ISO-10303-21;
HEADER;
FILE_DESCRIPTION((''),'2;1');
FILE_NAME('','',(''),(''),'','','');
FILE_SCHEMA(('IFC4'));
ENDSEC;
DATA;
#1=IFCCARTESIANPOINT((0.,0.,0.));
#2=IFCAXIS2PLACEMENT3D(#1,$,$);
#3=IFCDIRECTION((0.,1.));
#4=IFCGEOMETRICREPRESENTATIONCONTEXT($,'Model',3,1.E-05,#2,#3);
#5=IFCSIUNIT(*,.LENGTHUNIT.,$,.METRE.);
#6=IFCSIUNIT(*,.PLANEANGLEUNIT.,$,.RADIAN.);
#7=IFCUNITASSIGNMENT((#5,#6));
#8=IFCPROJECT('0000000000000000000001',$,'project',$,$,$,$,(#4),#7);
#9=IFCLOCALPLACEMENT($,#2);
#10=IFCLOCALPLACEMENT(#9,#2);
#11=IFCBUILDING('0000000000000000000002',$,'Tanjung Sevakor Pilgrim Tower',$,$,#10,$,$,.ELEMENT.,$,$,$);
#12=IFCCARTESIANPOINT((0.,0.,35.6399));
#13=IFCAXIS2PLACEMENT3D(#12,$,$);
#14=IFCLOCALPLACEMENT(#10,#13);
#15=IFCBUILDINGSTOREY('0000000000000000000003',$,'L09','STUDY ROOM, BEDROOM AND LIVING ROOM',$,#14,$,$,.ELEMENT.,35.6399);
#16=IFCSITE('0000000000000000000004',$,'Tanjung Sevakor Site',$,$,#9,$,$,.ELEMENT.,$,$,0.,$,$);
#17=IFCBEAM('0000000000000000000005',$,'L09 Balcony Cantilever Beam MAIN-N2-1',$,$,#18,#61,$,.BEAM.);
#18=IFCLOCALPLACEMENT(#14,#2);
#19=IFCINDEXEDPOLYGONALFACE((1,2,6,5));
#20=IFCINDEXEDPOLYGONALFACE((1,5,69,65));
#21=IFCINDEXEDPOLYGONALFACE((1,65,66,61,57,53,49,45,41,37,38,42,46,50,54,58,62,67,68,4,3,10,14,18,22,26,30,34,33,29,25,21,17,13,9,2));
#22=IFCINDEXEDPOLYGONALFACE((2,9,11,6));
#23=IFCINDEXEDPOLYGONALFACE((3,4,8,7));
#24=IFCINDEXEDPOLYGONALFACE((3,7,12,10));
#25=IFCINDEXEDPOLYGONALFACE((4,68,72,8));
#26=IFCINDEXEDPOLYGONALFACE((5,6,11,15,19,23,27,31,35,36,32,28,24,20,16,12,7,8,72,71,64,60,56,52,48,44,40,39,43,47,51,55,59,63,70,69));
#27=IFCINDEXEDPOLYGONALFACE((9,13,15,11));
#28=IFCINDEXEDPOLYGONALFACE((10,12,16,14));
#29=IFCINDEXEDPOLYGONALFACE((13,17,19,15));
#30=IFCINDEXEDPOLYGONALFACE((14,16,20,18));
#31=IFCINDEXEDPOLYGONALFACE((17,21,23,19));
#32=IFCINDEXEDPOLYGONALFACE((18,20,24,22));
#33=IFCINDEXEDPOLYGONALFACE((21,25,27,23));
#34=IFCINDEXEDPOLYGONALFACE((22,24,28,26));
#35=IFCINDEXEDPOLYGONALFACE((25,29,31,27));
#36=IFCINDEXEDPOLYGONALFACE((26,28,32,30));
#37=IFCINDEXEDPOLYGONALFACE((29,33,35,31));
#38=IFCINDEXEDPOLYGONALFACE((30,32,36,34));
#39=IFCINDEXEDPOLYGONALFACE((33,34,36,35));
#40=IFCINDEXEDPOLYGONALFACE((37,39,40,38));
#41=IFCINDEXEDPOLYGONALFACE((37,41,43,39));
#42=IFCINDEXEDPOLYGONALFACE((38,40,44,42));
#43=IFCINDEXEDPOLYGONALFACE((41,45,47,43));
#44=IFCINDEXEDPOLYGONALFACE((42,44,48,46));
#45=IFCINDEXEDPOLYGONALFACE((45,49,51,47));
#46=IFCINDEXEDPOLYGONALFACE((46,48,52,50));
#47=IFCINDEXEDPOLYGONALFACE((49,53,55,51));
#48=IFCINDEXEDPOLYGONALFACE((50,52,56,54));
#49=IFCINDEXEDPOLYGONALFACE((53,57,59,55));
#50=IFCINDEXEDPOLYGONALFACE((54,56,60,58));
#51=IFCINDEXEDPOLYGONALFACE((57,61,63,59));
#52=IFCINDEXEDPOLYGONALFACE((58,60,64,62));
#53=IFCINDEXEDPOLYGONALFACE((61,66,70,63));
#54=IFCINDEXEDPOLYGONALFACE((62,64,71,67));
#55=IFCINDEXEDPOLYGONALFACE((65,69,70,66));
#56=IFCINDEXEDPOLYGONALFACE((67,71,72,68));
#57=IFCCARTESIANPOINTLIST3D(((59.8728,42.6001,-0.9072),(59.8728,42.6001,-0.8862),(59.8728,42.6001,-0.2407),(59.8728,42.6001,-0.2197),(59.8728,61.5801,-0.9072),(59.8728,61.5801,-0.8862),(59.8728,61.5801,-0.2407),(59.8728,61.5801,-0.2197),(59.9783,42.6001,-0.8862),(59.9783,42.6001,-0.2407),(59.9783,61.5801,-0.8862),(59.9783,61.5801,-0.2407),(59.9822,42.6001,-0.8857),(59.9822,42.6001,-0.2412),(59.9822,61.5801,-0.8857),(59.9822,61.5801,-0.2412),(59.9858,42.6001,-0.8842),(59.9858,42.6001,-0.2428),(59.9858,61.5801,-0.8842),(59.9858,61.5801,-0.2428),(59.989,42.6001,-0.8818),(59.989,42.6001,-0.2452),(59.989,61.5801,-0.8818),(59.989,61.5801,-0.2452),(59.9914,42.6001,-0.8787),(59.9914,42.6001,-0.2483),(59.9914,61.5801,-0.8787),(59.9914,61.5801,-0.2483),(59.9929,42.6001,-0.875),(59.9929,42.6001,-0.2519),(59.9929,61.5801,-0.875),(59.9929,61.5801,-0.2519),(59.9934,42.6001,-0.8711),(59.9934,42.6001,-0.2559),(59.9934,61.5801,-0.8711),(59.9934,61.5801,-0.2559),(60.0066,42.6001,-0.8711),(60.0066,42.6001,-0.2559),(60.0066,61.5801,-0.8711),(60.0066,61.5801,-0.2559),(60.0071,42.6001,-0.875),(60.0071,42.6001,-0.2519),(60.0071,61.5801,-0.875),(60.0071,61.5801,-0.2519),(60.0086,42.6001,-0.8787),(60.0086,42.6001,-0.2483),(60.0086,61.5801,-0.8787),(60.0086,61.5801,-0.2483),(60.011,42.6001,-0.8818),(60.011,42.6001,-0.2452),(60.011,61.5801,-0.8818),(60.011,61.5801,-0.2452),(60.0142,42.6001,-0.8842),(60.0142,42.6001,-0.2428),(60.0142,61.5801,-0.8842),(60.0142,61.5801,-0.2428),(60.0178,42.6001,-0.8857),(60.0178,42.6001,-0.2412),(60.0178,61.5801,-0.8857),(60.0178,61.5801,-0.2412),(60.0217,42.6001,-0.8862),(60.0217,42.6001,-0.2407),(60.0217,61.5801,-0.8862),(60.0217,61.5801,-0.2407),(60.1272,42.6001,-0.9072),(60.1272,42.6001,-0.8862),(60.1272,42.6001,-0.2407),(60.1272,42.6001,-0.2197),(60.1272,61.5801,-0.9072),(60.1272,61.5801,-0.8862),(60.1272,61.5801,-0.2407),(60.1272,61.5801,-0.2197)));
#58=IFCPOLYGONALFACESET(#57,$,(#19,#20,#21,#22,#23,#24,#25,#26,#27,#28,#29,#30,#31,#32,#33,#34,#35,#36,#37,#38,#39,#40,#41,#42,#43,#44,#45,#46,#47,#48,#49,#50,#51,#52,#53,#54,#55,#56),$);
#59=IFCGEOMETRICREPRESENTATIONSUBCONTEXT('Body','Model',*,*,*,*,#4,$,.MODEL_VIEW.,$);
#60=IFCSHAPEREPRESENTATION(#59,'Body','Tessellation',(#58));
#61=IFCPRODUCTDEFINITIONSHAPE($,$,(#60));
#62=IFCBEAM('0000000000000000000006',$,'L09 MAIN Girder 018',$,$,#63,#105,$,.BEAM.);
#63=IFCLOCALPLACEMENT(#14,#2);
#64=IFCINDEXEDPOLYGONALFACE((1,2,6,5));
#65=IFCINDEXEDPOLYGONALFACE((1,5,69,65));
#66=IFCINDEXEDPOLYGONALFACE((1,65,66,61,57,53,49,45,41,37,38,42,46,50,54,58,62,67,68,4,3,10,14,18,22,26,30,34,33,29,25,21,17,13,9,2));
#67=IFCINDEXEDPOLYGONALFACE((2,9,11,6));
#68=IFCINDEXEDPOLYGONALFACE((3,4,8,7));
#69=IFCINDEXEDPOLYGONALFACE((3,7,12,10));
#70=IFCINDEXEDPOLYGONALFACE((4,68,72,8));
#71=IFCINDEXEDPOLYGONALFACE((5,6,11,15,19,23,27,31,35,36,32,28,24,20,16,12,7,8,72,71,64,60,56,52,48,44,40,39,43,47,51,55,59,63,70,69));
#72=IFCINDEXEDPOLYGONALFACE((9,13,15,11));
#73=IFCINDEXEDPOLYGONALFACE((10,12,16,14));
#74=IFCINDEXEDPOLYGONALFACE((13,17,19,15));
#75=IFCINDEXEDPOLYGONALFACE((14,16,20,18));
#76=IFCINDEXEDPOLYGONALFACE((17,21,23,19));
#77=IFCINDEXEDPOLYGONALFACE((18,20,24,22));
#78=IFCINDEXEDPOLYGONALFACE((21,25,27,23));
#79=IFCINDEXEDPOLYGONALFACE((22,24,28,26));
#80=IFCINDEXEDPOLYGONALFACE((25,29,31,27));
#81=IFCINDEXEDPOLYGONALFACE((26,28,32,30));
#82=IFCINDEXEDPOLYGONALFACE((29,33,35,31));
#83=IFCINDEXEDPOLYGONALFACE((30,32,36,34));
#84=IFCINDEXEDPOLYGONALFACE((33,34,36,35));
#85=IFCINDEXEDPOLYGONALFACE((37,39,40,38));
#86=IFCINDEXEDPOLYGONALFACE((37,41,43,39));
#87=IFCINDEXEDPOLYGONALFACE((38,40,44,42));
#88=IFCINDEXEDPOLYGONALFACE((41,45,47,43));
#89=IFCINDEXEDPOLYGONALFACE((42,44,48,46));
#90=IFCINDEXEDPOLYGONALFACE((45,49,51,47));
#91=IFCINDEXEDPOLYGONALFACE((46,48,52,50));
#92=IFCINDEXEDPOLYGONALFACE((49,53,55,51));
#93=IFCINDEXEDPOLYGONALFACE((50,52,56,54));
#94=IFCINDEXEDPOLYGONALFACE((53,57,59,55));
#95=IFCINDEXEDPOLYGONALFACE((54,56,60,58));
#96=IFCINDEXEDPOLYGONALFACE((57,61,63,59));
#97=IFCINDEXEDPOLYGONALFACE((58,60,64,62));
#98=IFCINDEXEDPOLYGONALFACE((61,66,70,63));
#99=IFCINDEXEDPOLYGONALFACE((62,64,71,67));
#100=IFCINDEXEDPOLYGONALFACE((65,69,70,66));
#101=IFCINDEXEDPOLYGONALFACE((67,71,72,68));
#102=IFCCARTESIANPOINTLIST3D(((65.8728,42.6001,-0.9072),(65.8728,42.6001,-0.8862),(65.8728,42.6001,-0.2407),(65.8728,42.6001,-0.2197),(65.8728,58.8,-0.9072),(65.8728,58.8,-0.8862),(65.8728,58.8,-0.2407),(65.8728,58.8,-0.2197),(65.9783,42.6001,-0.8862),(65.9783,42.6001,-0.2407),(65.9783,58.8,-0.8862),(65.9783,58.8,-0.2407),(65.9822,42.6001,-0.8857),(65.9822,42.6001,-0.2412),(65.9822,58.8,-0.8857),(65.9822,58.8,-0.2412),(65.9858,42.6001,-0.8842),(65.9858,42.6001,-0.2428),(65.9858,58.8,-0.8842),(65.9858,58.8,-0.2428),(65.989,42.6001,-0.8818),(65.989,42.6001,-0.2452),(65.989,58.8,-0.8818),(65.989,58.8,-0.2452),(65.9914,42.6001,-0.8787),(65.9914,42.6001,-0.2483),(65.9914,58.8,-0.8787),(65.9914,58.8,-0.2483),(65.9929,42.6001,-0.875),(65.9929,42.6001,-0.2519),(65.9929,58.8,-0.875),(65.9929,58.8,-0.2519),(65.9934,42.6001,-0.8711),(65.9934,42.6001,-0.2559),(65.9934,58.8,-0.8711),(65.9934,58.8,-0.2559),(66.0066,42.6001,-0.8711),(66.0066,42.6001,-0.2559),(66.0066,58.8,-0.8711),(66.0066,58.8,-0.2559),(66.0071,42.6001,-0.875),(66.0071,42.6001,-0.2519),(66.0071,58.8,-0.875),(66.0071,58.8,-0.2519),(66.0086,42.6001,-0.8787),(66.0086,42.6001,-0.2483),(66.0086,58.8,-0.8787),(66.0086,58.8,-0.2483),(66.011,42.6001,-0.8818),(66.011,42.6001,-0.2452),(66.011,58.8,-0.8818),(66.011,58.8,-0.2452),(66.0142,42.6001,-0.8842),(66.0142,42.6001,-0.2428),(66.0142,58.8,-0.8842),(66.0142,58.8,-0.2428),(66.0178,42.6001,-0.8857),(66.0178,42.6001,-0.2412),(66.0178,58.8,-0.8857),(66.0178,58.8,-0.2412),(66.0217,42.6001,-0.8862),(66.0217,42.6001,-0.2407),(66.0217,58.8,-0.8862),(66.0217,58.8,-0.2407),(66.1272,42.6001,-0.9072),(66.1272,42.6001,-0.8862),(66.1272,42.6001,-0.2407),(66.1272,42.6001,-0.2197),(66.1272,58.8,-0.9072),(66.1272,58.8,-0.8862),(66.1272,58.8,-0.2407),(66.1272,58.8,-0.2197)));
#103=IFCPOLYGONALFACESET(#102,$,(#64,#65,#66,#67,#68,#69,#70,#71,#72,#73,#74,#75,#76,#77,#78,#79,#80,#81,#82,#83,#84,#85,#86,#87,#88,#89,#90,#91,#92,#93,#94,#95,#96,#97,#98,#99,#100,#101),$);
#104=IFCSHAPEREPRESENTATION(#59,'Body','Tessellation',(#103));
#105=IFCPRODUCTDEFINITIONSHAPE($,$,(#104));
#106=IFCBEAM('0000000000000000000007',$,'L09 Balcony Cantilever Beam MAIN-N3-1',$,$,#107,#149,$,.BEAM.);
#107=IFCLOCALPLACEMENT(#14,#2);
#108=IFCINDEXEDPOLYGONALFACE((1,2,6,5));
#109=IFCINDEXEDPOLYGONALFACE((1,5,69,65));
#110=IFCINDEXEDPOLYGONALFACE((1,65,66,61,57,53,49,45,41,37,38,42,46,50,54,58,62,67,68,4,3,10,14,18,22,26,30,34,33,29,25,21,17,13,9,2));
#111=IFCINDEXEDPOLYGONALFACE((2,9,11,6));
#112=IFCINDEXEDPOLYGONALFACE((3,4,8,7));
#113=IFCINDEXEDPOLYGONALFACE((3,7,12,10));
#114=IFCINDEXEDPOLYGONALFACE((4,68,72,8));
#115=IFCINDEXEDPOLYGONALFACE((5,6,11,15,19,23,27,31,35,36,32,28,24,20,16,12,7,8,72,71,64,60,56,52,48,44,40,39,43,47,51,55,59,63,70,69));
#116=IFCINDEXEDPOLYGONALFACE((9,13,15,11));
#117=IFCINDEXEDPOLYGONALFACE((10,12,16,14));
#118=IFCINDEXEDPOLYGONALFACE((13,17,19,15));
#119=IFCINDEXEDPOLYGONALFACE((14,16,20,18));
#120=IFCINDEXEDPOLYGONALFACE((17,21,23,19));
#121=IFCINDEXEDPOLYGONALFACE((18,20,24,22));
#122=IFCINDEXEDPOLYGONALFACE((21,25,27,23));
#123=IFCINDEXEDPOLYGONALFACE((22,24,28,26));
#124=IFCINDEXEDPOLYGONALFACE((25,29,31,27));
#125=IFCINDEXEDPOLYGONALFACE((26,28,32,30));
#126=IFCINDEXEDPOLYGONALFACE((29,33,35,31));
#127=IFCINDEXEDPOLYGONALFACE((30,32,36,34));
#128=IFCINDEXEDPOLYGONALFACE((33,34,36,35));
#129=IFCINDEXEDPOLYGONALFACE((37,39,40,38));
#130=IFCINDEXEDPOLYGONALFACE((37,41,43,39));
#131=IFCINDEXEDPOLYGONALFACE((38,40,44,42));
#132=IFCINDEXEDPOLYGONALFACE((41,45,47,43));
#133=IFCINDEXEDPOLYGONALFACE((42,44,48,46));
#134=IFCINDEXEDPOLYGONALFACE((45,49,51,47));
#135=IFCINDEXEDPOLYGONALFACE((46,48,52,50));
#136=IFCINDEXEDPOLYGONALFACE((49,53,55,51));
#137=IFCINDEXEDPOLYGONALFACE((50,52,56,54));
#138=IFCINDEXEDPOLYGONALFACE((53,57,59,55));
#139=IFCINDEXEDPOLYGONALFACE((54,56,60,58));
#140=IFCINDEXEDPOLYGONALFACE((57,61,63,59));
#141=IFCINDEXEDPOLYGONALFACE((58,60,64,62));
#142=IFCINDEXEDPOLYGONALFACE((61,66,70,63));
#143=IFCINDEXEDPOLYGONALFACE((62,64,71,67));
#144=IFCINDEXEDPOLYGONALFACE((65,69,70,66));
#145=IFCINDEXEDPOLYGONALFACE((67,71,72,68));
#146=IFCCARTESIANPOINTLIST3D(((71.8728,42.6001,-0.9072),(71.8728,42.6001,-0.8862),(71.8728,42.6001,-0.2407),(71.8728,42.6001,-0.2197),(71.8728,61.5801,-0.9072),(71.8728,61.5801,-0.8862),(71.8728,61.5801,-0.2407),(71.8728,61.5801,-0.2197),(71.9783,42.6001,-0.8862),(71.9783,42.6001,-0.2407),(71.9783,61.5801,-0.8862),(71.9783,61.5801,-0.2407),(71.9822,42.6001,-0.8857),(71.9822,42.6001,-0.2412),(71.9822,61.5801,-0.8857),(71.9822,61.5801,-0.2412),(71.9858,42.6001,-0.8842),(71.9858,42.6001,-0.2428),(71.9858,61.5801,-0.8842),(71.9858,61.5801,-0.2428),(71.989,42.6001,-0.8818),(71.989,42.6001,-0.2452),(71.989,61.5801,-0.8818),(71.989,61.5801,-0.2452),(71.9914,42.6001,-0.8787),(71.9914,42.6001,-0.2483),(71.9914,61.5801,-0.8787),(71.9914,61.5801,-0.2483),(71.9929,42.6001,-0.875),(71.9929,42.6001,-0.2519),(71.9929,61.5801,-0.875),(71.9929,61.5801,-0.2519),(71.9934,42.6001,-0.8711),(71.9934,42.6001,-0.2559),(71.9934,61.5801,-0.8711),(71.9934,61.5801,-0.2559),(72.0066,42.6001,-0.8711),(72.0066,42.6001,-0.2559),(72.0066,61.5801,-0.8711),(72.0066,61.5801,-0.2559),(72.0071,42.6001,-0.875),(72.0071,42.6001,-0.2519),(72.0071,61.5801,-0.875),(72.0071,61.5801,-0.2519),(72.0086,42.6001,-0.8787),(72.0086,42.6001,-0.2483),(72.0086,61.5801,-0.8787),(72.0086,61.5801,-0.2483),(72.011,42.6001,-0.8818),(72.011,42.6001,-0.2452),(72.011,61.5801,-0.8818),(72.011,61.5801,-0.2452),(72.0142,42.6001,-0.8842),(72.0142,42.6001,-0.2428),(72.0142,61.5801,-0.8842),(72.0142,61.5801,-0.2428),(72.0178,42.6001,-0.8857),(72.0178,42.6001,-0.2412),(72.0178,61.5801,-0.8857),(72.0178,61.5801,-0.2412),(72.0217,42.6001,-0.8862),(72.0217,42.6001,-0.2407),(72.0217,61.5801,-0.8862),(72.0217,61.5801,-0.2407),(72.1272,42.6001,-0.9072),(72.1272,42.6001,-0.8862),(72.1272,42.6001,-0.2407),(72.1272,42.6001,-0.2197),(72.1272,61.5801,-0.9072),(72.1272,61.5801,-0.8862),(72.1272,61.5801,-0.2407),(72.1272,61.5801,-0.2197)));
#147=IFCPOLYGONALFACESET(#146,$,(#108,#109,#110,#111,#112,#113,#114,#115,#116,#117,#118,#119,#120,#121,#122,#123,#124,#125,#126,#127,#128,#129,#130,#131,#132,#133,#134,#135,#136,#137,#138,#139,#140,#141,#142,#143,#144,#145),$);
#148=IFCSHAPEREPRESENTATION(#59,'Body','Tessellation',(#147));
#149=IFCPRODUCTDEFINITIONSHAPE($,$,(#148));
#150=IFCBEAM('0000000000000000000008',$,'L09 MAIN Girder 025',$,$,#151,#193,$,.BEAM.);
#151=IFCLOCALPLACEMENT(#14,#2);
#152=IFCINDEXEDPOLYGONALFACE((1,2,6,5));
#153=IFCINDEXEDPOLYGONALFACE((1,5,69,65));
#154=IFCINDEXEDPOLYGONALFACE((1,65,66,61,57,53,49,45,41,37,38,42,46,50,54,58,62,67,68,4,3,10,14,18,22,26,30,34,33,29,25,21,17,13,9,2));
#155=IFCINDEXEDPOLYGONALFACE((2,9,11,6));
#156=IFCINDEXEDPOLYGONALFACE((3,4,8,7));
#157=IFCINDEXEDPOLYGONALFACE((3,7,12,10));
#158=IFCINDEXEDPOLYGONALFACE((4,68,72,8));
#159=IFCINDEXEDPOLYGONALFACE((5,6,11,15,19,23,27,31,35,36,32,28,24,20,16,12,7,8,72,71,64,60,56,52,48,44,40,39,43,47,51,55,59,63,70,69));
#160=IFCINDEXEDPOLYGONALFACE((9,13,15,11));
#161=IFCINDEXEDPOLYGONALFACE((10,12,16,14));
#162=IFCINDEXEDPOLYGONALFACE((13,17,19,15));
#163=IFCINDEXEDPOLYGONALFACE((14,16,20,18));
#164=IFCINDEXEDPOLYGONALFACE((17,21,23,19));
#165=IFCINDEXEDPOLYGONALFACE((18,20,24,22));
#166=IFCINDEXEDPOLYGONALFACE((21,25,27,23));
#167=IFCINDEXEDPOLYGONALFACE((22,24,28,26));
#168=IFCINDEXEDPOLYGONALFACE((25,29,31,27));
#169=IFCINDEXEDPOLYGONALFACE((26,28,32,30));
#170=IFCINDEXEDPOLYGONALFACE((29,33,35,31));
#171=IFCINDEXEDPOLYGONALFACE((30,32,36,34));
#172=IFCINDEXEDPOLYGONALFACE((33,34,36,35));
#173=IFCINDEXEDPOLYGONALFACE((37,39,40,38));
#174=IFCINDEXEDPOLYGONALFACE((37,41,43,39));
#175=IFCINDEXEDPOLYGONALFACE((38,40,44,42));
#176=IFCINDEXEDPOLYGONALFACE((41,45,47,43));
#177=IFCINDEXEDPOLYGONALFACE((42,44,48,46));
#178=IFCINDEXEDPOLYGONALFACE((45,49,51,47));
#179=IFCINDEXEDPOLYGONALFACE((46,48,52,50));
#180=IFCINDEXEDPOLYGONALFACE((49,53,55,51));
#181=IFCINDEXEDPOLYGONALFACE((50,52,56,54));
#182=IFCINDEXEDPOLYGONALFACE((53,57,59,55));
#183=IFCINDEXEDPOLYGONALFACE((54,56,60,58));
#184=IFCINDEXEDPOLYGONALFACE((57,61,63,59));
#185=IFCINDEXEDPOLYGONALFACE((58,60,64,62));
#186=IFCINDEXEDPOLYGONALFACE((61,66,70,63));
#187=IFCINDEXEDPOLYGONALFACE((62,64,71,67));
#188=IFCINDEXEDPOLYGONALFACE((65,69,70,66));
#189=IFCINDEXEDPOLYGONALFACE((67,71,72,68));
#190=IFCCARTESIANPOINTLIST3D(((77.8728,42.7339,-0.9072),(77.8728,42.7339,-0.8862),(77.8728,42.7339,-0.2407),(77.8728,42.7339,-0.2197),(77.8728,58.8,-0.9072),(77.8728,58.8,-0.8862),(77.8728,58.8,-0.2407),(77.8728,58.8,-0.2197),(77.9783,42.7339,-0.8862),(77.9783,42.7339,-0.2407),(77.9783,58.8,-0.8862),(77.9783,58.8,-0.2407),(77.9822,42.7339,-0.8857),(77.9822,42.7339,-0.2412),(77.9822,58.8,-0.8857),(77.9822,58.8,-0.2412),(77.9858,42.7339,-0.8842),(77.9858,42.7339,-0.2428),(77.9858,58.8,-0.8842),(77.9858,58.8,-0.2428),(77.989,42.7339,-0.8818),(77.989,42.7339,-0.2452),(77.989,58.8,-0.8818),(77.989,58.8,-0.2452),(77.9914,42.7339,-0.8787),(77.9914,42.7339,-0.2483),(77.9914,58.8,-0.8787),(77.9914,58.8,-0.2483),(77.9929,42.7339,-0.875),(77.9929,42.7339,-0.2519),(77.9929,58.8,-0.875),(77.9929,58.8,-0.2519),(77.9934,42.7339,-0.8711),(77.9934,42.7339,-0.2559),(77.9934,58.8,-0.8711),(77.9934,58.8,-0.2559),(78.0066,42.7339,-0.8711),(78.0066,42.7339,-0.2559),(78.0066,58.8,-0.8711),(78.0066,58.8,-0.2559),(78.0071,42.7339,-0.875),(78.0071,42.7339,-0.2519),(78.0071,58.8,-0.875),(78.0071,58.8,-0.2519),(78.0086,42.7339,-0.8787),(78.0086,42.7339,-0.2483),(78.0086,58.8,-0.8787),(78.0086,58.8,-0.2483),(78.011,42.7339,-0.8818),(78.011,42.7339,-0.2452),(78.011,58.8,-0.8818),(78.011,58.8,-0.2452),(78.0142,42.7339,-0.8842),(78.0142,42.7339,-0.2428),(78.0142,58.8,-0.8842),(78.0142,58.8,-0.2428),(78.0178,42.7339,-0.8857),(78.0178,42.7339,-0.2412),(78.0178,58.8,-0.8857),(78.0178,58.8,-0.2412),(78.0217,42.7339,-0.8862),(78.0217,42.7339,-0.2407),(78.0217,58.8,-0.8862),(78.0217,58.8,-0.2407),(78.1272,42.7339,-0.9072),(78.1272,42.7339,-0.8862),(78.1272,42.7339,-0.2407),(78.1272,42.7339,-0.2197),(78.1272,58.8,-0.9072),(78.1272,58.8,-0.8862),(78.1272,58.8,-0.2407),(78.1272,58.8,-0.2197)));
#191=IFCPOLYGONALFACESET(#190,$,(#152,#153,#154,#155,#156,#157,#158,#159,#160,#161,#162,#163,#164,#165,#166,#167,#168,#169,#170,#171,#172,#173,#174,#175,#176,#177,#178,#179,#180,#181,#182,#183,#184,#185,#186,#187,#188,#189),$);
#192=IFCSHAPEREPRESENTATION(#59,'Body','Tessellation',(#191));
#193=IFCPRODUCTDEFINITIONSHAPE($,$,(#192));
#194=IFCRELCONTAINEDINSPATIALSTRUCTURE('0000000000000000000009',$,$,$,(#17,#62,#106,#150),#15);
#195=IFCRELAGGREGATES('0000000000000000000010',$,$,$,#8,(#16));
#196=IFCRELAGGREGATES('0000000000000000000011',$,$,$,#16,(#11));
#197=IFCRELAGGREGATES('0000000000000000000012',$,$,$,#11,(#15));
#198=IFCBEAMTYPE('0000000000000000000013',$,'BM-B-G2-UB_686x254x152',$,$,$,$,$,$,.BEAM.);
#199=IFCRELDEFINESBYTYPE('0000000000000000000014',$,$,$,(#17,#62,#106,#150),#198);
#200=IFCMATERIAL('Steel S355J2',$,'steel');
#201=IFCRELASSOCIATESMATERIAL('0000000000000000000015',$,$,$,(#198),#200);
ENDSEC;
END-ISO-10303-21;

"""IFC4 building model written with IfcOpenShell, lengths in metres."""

from ifc_helpers import new_model, si_unit, direction, frame, origin, origin_2d, place, context, subcontext, project, spatial, i_section, extrude, material, material_profile, profile_set, type_object, element, save


model = new_model("IFC4")

# Units and contexts
model_context = context("Model", 3, precision=1e-05, world=origin(), true_north=direction((0.0, 1.0)))
body_context = subcontext(model_context, "Body", "Model", "MODEL_VIEW")
ifc_project = project(units=[si_unit("LENGTHUNIT", "METRE"), si_unit("PLANEANGLEUNIT", "RADIAN")], contexts=[model_context])

# Site, building, storey
site_placement = place(None, origin())
site = spatial("IfcSite", under=ifc_project, at=site_placement, Name="Tanjung Sevakor Site", CompositionType="ELEMENT", RefElevation=0.0)
building_placement = place(site_placement, origin())
building = spatial("IfcBuilding", under=site, at=building_placement, Name="Tanjung Sevakor Pilgrim Tower", CompositionType="ELEMENT")
storey_placement = place(building_placement, frame((0.0, 0.0, 35.6399)))
storey = spatial("IfcBuildingStorey", under=building, at=storey_placement, Name="L09", Description="STUDY ROOM, BEDROOM AND LIVING ROOM", CompositionType="ELEMENT", Elevation=35.6399)

# Beams
ifc_material_1 = material(Name="Steel S355J2", Category="steel")
ifc_material_profile_1 = material_profile(ifc_material_1, i_section(OverallWidth=0.2544, OverallDepth=0.6875, WebThickness=0.0132, FlangeThickness=0.021, FilletRadius=0.0151, at=origin_2d()))
ifc_profile_set_1 = profile_set([ifc_material_profile_1], Name="Steel S355J2")
beam_type_1 = type_object("IfcBeamType", Name="BM-B-G2-UB_686x254x152", PredefinedType="BEAM", material=ifc_profile_set_1)
beam_1_placement = place(storey_placement, frame((60.0, 42.6001, -0.5635), z_axis=(0.0, 1.0, 0.0), x_axis=(-1.0, 0.0, 0.0)))
element("IfcBeam", 1, at=beam_1_placement, inside=storey, type_object=beam_type_1, Name="L09 Balcony Cantilever Beam MAIN-N2-1", PredefinedType="BEAM", context=body_context, shape_type="SweptSolid", body=[
    extrude(i_section(OverallWidth=0.2544, OverallDepth=0.6875, WebThickness=0.0132, FlangeThickness=0.021, FilletRadius=0.0151, at=origin_2d()), origin(), (0.0, 0.0, 1.0), 18.98),
])
beam_2_placement = place(storey_placement, frame((66.0, 42.6001, -0.5635), z_axis=(0.0, 1.0, 0.0), x_axis=(-1.0, 0.0, 0.0)))
element("IfcBeam", 2, at=beam_2_placement, inside=storey, type_object=beam_type_1, Name="L09 MAIN Girder 018", PredefinedType="BEAM", context=body_context, shape_type="SweptSolid", body=[
    extrude(i_section(OverallWidth=0.2544, OverallDepth=0.6875, WebThickness=0.0132, FlangeThickness=0.021, FilletRadius=0.0151, at=origin_2d()), origin(), (0.0, 0.0, 1.0), 16.2),
])
beam_3_placement = place(storey_placement, frame((72.0, 42.6001, -0.5635), z_axis=(0.0, 1.0, 0.0), x_axis=(-1.0, 0.0, 0.0)))
element("IfcBeam", 3, at=beam_3_placement, inside=storey, type_object=beam_type_1, Name="L09 Balcony Cantilever Beam MAIN-N3-1", PredefinedType="BEAM", context=body_context, shape_type="SweptSolid", body=[
    extrude(i_section(OverallWidth=0.2544, OverallDepth=0.6875, WebThickness=0.0132, FlangeThickness=0.021, FilletRadius=0.0151, at=origin_2d()), origin(), (0.0, 0.0, 1.0), 18.98),
])
beam_4_placement = place(storey_placement, frame((78.0, 42.7339, -0.5635), z_axis=(0.0, 1.0, 0.0), x_axis=(-1.0, 0.0, 0.0)))
element("IfcBeam", 4, at=beam_4_placement, inside=storey, type_object=beam_type_1, Name="L09 MAIN Girder 025", PredefinedType="BEAM", context=body_context, shape_type="SweptSolid", body=[
    extrude(i_section(OverallWidth=0.2544, OverallDepth=0.6875, WebThickness=0.0132, FlangeThickness=0.021, FilletRadius=0.0151, at=origin_2d()), origin(), (0.0, 0.0, 1.0), 16.0662),
])

save(model, "model.ifc")
